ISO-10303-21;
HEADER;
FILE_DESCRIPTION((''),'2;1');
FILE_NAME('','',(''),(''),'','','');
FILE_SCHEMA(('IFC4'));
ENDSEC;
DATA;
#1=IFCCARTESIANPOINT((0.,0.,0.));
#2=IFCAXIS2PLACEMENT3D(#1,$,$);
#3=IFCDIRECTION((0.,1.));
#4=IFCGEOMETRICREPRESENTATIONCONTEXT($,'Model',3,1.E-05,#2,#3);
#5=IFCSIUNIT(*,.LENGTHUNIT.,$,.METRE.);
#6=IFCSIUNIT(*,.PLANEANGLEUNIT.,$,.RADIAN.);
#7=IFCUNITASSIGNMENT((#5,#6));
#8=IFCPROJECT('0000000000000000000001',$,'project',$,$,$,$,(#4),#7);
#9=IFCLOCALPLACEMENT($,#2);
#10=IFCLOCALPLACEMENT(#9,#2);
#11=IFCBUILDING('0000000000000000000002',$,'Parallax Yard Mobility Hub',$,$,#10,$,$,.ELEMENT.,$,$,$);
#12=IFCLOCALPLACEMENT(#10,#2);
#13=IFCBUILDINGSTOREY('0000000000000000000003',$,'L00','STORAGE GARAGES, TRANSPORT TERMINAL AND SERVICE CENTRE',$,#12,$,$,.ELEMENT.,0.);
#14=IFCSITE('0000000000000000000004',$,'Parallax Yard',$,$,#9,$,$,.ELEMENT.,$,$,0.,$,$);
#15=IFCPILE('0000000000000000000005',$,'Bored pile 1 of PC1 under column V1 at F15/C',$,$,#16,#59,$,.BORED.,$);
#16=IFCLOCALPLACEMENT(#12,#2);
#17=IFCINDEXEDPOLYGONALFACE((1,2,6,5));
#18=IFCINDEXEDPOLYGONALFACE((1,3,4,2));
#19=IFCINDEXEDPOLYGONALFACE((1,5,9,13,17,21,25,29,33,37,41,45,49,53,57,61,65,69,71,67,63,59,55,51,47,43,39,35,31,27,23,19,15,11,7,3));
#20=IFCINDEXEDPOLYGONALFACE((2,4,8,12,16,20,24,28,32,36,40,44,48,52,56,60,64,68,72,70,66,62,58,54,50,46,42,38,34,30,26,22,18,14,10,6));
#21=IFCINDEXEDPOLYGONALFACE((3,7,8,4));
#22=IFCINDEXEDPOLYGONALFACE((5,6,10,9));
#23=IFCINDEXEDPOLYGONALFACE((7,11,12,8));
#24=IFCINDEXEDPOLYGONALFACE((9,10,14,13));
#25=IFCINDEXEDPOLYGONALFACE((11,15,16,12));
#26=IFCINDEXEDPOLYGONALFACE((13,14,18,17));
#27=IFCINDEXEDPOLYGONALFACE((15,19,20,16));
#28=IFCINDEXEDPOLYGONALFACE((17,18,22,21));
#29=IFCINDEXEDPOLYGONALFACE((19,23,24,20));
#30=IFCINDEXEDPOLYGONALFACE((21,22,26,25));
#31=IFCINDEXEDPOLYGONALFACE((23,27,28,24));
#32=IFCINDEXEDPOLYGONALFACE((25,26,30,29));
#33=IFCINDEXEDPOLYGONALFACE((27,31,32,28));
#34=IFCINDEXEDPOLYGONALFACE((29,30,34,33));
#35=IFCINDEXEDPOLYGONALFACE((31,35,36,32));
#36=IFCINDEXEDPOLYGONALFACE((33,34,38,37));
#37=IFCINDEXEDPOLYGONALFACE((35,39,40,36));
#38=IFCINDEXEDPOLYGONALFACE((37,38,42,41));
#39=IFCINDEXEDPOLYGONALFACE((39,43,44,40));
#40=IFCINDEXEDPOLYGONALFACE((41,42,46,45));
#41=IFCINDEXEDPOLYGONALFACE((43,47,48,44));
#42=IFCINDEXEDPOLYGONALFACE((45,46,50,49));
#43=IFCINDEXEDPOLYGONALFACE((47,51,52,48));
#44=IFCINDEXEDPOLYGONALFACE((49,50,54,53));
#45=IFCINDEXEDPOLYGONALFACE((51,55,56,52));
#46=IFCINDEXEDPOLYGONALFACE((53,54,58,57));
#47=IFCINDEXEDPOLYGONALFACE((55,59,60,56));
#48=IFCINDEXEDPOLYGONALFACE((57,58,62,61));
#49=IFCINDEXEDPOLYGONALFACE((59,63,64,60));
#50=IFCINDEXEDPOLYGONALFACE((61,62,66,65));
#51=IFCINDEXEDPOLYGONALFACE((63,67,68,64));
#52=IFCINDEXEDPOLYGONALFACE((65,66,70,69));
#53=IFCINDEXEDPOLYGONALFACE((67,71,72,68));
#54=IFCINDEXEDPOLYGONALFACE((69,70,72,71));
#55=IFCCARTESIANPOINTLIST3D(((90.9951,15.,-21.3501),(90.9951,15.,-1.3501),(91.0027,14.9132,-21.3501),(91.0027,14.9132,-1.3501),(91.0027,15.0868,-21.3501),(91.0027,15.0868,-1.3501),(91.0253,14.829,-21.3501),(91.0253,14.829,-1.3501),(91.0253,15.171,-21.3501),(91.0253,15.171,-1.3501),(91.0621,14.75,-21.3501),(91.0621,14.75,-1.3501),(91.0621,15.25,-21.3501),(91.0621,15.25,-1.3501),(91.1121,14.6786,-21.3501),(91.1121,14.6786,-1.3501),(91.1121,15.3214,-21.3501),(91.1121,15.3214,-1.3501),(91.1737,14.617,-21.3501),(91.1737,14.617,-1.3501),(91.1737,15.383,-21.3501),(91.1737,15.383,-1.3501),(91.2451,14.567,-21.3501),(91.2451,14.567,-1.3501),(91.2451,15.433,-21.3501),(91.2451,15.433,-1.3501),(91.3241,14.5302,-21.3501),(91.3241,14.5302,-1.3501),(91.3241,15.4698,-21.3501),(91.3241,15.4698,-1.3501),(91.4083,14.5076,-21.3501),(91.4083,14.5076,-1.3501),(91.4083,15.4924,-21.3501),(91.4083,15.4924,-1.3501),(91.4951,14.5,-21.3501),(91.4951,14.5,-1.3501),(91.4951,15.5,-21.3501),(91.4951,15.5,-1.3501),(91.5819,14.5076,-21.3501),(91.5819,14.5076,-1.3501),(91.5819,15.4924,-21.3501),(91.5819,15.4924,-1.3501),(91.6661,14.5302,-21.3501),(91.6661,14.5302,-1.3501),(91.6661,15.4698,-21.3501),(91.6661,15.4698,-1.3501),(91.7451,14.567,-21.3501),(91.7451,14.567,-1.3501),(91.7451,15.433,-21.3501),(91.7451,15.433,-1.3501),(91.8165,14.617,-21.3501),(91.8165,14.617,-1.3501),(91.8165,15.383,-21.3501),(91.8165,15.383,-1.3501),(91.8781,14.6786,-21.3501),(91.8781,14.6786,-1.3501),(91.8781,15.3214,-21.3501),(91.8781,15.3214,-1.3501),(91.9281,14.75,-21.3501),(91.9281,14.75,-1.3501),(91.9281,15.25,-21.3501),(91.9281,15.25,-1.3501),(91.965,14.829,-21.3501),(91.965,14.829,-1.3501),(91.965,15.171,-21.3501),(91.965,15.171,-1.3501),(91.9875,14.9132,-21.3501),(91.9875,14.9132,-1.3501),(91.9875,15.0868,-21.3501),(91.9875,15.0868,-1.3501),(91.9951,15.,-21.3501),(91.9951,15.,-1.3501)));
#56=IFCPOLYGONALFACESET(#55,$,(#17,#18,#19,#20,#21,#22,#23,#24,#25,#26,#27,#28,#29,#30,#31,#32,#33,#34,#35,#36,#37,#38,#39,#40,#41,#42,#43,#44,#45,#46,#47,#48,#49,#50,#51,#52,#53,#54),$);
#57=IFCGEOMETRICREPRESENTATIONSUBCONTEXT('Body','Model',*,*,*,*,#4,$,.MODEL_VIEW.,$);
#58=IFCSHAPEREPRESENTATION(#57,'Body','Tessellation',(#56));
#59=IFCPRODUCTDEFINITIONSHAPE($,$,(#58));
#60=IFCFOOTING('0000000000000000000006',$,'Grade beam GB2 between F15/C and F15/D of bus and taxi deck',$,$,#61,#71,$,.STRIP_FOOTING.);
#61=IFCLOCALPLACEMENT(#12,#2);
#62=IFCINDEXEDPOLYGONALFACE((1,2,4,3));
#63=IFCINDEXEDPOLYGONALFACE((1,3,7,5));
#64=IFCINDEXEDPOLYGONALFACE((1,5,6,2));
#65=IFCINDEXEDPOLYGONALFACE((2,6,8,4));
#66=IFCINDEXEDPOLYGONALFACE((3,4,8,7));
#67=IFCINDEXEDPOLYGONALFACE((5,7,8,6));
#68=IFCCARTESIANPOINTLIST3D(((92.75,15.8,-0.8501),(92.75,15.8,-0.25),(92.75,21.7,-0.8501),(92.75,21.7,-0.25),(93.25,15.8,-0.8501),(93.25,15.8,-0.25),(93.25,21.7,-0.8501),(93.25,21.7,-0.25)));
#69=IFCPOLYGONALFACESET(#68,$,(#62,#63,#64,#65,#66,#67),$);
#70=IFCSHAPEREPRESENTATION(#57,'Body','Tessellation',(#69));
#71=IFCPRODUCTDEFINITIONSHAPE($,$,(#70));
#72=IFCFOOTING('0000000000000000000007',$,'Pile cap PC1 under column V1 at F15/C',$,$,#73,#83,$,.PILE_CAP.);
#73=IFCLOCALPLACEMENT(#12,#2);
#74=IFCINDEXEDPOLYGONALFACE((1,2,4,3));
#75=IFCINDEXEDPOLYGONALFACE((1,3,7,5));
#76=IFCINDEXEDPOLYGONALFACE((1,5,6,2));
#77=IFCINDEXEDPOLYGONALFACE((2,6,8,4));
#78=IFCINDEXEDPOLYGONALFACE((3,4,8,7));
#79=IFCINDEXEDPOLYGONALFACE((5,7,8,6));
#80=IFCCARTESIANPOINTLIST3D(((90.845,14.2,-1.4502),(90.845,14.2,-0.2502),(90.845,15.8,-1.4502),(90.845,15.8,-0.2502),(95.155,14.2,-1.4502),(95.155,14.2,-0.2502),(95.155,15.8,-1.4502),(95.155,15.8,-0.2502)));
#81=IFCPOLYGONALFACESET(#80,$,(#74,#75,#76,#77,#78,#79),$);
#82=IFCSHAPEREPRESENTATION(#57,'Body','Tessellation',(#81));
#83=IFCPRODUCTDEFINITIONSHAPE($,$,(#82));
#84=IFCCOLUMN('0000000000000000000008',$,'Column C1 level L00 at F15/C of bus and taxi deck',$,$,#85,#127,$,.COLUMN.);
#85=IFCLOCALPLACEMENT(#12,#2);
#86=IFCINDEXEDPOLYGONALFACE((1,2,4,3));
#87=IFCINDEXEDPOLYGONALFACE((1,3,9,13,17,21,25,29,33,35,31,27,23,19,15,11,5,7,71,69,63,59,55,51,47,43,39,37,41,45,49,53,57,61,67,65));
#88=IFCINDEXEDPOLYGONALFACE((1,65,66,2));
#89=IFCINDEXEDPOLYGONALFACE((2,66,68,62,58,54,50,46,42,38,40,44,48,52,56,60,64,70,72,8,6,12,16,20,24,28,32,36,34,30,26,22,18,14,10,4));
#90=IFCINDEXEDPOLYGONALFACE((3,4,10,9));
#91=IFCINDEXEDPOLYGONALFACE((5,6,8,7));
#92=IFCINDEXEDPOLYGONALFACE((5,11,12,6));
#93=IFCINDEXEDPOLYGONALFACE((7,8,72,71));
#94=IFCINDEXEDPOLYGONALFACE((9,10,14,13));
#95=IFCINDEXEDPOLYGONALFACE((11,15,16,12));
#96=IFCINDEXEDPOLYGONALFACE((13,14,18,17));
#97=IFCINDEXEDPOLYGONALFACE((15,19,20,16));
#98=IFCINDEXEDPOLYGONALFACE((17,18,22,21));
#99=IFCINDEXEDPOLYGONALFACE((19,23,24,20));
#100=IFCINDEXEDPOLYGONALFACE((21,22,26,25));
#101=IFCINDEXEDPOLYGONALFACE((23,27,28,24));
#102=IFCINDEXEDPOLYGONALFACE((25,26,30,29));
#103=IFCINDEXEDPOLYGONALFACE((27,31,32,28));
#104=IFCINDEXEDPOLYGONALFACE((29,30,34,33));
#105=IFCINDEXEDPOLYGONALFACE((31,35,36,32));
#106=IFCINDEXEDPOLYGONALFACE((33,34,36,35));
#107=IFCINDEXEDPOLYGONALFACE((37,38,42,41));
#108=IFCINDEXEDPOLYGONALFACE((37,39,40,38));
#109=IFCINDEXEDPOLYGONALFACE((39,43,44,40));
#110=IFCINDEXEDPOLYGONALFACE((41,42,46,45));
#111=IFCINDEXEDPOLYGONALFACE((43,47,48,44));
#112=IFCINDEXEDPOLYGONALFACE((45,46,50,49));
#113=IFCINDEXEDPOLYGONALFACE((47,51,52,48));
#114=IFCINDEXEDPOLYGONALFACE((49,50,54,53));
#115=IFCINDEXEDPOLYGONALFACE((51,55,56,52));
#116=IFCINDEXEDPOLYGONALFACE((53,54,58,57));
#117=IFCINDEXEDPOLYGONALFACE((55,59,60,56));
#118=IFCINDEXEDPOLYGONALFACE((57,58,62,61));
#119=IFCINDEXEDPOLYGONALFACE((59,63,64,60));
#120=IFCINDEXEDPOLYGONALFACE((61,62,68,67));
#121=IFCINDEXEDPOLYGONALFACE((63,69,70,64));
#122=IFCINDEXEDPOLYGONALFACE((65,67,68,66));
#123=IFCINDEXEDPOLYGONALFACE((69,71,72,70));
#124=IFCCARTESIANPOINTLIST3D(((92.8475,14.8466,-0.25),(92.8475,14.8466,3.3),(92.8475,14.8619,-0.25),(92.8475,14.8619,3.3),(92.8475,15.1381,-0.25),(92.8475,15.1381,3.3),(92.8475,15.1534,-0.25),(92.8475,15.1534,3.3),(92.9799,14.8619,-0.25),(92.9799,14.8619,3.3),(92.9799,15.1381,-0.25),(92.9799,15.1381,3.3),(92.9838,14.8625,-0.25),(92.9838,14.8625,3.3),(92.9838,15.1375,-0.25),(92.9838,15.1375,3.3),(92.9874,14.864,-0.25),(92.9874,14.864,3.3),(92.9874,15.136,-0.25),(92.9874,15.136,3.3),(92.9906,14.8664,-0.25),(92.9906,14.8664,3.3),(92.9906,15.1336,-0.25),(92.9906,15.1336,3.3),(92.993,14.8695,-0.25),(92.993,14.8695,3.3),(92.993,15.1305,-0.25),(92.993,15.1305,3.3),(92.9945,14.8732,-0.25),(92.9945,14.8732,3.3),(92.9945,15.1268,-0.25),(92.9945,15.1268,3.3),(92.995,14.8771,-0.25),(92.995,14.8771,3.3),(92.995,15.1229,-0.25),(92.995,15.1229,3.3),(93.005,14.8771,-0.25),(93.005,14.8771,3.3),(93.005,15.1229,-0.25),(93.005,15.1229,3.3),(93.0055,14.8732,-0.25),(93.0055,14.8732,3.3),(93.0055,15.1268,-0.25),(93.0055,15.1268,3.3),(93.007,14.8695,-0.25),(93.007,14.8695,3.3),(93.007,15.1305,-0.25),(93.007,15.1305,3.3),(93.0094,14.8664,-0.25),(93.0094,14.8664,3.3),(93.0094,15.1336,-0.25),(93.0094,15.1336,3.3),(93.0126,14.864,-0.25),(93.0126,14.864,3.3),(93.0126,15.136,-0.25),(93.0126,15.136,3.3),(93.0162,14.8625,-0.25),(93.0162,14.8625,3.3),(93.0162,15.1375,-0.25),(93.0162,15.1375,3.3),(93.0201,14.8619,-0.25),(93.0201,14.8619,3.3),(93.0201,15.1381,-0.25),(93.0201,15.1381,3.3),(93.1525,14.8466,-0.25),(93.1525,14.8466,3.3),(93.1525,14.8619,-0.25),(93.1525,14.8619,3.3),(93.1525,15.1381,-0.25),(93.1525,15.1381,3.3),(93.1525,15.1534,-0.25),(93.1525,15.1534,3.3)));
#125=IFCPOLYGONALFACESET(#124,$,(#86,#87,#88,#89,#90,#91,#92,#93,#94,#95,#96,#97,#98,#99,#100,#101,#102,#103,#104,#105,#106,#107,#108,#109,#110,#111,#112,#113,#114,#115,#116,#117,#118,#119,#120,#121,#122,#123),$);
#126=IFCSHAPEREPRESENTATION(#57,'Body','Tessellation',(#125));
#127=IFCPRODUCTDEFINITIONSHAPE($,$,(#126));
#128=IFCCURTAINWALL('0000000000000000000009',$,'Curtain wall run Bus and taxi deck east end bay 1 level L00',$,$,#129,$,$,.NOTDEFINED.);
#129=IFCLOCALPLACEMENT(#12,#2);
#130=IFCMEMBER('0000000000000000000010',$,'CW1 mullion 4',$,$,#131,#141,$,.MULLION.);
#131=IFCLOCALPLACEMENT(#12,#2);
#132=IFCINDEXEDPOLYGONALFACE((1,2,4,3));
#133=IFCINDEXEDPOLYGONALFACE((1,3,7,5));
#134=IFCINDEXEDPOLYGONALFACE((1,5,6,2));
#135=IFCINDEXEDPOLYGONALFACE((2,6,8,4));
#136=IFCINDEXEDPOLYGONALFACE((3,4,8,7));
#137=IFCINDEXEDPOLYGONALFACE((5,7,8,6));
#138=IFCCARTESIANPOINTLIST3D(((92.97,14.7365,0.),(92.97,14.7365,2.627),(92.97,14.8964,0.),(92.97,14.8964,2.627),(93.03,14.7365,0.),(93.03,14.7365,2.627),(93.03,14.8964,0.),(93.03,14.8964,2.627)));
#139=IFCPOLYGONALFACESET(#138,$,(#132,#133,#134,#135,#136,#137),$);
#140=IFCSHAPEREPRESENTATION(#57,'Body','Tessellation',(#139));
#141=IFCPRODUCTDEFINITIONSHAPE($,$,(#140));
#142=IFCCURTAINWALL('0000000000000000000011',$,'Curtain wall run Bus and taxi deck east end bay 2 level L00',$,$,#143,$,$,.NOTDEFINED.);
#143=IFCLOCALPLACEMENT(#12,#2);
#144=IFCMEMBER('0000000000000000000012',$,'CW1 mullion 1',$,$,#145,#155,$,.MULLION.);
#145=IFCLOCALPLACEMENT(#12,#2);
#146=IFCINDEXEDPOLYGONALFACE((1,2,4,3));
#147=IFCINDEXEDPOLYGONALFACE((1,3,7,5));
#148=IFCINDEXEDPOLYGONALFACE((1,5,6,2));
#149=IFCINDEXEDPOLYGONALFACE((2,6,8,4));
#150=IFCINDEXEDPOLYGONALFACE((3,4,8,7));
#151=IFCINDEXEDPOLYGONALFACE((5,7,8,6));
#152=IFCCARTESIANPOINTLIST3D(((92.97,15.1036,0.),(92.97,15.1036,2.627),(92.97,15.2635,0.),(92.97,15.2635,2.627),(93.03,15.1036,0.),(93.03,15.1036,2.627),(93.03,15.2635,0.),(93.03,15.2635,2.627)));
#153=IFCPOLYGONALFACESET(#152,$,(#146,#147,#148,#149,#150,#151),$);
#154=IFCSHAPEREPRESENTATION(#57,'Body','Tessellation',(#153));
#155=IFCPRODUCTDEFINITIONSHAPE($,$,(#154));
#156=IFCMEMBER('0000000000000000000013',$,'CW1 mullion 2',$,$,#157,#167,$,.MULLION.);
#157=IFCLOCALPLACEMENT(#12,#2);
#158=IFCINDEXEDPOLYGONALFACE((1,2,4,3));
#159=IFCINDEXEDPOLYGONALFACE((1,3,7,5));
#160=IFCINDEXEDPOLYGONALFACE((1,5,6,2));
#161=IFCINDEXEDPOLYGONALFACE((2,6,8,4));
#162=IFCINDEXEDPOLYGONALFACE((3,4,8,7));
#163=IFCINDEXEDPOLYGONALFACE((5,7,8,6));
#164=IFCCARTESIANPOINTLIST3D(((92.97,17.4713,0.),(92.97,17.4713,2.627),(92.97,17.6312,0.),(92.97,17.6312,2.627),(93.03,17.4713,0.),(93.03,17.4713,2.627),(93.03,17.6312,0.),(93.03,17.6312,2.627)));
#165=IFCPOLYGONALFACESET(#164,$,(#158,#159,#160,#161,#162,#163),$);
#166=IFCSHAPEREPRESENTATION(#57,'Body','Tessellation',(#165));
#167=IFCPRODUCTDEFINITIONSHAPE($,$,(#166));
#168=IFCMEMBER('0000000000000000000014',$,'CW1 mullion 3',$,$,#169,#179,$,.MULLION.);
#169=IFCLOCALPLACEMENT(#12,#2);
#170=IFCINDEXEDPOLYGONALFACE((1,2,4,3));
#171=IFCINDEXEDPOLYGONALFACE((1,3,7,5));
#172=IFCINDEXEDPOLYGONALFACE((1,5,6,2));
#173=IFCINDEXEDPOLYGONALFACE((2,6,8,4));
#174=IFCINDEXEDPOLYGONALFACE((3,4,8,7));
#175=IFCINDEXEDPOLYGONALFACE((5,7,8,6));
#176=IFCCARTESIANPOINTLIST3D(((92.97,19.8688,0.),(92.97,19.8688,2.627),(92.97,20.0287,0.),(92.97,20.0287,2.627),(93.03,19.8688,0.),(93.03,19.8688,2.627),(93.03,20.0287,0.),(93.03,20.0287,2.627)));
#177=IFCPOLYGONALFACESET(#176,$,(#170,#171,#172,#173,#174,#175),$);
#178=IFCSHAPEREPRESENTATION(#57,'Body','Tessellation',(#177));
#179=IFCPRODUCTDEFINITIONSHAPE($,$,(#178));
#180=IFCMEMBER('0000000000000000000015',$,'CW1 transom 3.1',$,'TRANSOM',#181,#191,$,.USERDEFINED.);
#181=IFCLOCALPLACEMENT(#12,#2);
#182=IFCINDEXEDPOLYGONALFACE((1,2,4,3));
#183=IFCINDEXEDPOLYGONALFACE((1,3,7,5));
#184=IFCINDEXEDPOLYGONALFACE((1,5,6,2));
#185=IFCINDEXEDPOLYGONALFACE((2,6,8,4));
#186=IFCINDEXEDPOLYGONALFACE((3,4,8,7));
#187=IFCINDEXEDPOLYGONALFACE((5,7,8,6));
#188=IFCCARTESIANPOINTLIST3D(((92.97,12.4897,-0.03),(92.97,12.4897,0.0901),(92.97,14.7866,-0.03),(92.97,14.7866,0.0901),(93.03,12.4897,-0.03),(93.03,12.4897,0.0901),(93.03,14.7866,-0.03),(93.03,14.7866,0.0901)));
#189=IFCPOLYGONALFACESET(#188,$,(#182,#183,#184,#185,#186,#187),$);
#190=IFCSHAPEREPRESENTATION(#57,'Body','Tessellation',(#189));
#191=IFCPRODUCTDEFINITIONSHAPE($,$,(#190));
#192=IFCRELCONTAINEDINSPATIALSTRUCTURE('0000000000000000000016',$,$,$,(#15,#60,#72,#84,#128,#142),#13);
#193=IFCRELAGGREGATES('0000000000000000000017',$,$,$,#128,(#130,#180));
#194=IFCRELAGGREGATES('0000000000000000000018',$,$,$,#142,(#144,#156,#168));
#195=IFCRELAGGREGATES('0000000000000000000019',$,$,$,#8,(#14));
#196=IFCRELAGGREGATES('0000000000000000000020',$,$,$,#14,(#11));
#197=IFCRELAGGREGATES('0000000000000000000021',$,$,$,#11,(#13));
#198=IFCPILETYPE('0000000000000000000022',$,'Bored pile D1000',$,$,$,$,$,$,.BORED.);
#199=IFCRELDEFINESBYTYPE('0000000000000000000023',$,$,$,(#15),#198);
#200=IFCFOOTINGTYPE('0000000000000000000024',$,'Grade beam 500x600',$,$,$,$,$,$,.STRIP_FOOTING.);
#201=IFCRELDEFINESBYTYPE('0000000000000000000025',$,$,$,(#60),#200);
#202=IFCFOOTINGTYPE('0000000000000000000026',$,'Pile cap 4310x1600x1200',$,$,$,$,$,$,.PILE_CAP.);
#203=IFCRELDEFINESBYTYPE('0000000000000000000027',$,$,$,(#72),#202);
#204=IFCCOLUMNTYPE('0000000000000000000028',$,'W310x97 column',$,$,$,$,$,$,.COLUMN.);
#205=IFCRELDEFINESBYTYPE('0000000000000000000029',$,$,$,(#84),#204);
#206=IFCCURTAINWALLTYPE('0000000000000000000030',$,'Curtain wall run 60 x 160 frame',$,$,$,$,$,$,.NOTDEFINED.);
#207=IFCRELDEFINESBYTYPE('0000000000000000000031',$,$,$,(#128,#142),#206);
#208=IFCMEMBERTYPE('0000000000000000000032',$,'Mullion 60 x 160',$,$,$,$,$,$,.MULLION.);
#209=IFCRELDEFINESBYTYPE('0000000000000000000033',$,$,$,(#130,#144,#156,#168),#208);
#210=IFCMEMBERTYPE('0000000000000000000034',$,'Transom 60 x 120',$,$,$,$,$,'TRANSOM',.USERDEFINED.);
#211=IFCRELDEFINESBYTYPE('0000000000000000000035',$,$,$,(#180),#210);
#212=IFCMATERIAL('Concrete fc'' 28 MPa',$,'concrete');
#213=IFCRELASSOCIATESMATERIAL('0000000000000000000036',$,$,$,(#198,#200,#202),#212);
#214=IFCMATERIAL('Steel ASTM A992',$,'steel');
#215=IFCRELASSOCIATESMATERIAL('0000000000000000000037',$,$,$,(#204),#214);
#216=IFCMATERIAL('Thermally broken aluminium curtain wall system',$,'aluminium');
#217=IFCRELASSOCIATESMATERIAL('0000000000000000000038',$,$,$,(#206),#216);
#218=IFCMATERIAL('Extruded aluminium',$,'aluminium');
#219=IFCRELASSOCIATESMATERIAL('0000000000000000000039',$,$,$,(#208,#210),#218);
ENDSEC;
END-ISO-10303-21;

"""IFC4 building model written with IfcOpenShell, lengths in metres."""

from ifc_helpers import new_model, si_unit, direction, frame, origin, origin_2d, place, context, subcontext, project, spatial, rectangle, circle, i_section, extrude, material, material_profile, profile_set, type_object, element, aggregate, save


model = new_model("IFC4")

# Units and contexts
model_context = context("Model", 3, precision=1e-05, world=origin(), true_north=direction((0.0, 1.0)))
body_context = subcontext(model_context, "Body", "Model", "MODEL_VIEW")
ifc_project = project(units=[si_unit("LENGTHUNIT", "METRE"), si_unit("PLANEANGLEUNIT", "RADIAN")], contexts=[model_context])

# Site, building, storey
site_placement = place(None, origin())
site = spatial("IfcSite", under=ifc_project, at=site_placement, Name="Parallax Yard", CompositionType="ELEMENT", RefElevation=0.0)
building_placement = place(site_placement, origin())
building = spatial("IfcBuilding", under=site, at=building_placement, Name="Parallax Yard Mobility Hub", CompositionType="ELEMENT")
storey_placement = place(building_placement, origin())
storey = spatial("IfcBuildingStorey", under=building, at=storey_placement, Name="L00", Description="STORAGE GARAGES, TRANSPORT TERMINAL AND SERVICE CENTRE", CompositionType="ELEMENT", Elevation=0.0)

# Pile
ifc_material_1 = material(Name="Concrete fc' 28 MPa", Category="concrete")
ifc_material_profile_1 = material_profile(ifc_material_1, circle(Radius=0.5, at=origin_2d()), Name="Bored pile D1000")
ifc_profile_set_1 = profile_set([ifc_material_profile_1], Name="Concrete fc' 28 MPa")
pile_type = type_object("IfcPileType", Name="Bored pile D1000", PredefinedType="BORED", material=ifc_profile_set_1)
pile_placement = place(storey_placement, frame((91.4951, 15.0, -1.3501), z_axis=(0.0, 0.0, -1.0), x_axis=(1.0, 0.0, 0.0)))
element("IfcPile", 1, at=pile_placement, inside=storey, type_object=pile_type, Name="Bored pile 1 of PC1 under column V1 at F15/C", PredefinedType="BORED", context=body_context, shape_type="SweptSolid", body=[
    extrude(circle(Radius=0.5, at=origin_2d()), origin(), (0.0, 0.0, 1.0), 20.0),
])

# Footings
ifc_material_profile_2 = material_profile(ifc_material_1, rectangle(XDim=0.5, YDim=0.6001, at=origin_2d()), Name="Grade beam 500x600")
ifc_profile_set_2 = profile_set([ifc_material_profile_2], Name="Concrete fc' 28 MPa")
footing_type_1 = type_object("IfcFootingType", Name="Grade beam 500x600", PredefinedType="STRIP_FOOTING", material=ifc_profile_set_2)
footing_1_placement = place(storey_placement, frame((93.0, 15.8, -0.55), z_axis=(0.0, 1.0, 0.0), x_axis=(-1.0, 0.0, 0.0)))
element("IfcFooting", 2, at=footing_1_placement, inside=storey, type_object=footing_type_1, Name="Grade beam GB2 between F15/C and F15/D of bus and taxi deck", PredefinedType="STRIP_FOOTING", context=body_context, shape_type="SweptSolid", body=[
    extrude(rectangle(XDim=0.5, YDim=0.6001, at=origin_2d()), origin(), (0.0, 0.0, 1.0), 5.8999),
])
footing_type_2 = type_object("IfcFootingType", Name="Pile cap 4310x1600x1200", PredefinedType="PILE_CAP", material=ifc_material_1)
footing_2_placement = place(storey_placement, frame((93.0, 15.0, -1.4502), z_axis=(0.0, 0.0, 1.0), x_axis=(1.0, 0.0, 0.0)))
element("IfcFooting", 3, at=footing_2_placement, inside=storey, type_object=footing_type_2, Name="Pile cap PC1 under column V1 at F15/C", PredefinedType="PILE_CAP", context=body_context, shape_type="SweptSolid", body=[
    extrude(rectangle(XDim=4.3101, YDim=1.6001, at=origin_2d()), origin(), (0.0, 0.0, 1.0), 1.2),
])

# Column
ifc_material_2 = material(Name="Steel ASTM A992", Category="steel")
ifc_material_profile_3 = material_profile(ifc_material_2, i_section(OverallWidth=0.3049, OverallDepth=0.3069, WebThickness=0.01, FlangeThickness=0.0154, FilletRadius=0.0151, at=origin_2d()), Name="W310x97")
ifc_profile_set_3 = profile_set([ifc_material_profile_3], Name="Steel ASTM A992")
column_type = type_object("IfcColumnType", Name="W310x97 column", PredefinedType="COLUMN", material=ifc_profile_set_3)
column_placement = place(storey_placement, frame((93.0, 15.0, -0.25), z_axis=(0.0, 0.0, 1.0), x_axis=(1.0, 0.0, 0.0)))
element("IfcColumn", 4, at=column_placement, inside=storey, type_object=column_type, Name="Column C1 level L00 at F15/C of bus and taxi deck", PredefinedType="COLUMN", context=body_context, shape_type="SweptSolid", body=[
    extrude(i_section(OverallWidth=0.3049, OverallDepth=0.3069, WebThickness=0.01, FlangeThickness=0.0154, FilletRadius=0.0151, at=origin_2d()), origin(), (0.0, 0.0, 1.0), 3.55),
])

# Curtain wall, member
ifc_material_3 = material(Name="Thermally broken aluminium curtain wall system", Category="aluminium")
curtain_wall_type = type_object("IfcCurtainWallType", Name="Curtain wall run 60 x 160 frame", PredefinedType="NOTDEFINED", material=ifc_material_3)
curtain_wall_1_placement = place(storey_placement, origin())
curtain_wall_1 = element("IfcCurtainWall", 5, at=curtain_wall_1_placement, inside=storey, type_object=curtain_wall_type, Name="Curtain wall run Bus and taxi deck east end bay 1 level L00", PredefinedType="NOTDEFINED")
ifc_material_4 = material(Name="Extruded aluminium", Category="aluminium")
ifc_material_profile_4 = material_profile(ifc_material_4, rectangle(XDim=0.0601, YDim=0.1599, at=origin_2d()), Name="Mullion 60 x 160")
ifc_profile_set_4 = profile_set([ifc_material_profile_4], Name="Extruded aluminium")
member_type_1 = type_object("IfcMemberType", Name="Mullion 60 x 160", PredefinedType="MULLION", material=ifc_profile_set_4)
member_1_placement = place(storey_placement, frame((93.0, 14.8164, 0.0), z_axis=(0.0, 0.0, 1.0), x_axis=(-1.0, 0.0, 0.0)))
member_1 = element("IfcMember", 6, at=member_1_placement, type_object=member_type_1, Name="CW1 mullion 4", PredefinedType="MULLION", context=body_context, shape_type="SweptSolid", body=[
    extrude(rectangle(XDim=0.0601, YDim=0.1599, at=origin_2d()), origin(), (0.0, 0.0, 1.0), 2.627),
])

# Curtain wall, members
curtain_wall_2_placement = place(storey_placement, origin())
curtain_wall_2 = element("IfcCurtainWall", 7, at=curtain_wall_2_placement, inside=storey, type_object=curtain_wall_type, Name="Curtain wall run Bus and taxi deck east end bay 2 level L00", PredefinedType="NOTDEFINED")
member_2_placement = place(storey_placement, frame((93.0, 15.1836, 0.0), z_axis=(0.0, 0.0, 1.0), x_axis=(-1.0, 0.0, 0.0)))
member_2 = element("IfcMember", 8, at=member_2_placement, type_object=member_type_1, Name="CW1 mullion 1", PredefinedType="MULLION", context=body_context, shape_type="SweptSolid", body=[
    extrude(rectangle(XDim=0.0601, YDim=0.1599, at=origin_2d()), origin(), (0.0, 0.0, 1.0), 2.627),
])
member_3_placement = place(storey_placement, frame((93.0, 17.5513, 0.0), z_axis=(0.0, 0.0, 1.0), x_axis=(-1.0, 0.0, 0.0)))
member_3 = element("IfcMember", 9, at=member_3_placement, type_object=member_type_1, Name="CW1 mullion 2", PredefinedType="MULLION", context=body_context, shape_type="SweptSolid", body=[
    extrude(rectangle(XDim=0.0601, YDim=0.1599, at=origin_2d()), origin(), (0.0, 0.0, 1.0), 2.627),
])
member_4_placement = place(storey_placement, frame((93.0, 19.9487, 0.0), z_axis=(0.0, 0.0, 1.0), x_axis=(-1.0, 0.0, 0.0)))
member_4 = element("IfcMember", 10, at=member_4_placement, type_object=member_type_1, Name="CW1 mullion 3", PredefinedType="MULLION", context=body_context, shape_type="SweptSolid", body=[
    extrude(rectangle(XDim=0.0601, YDim=0.1599, at=origin_2d()), origin(), (0.0, 0.0, 1.0), 2.627),
])

# Member
ifc_material_profile_5 = material_profile(ifc_material_4, rectangle(XDim=0.0601, YDim=0.1201, at=origin_2d()), Name="Transom 60 x 120")
ifc_profile_set_5 = profile_set([ifc_material_profile_5], Name="Extruded aluminium")
member_type_2 = type_object("IfcMemberType", Name="Transom 60 x 120", ElementType="TRANSOM", PredefinedType="USERDEFINED", material=ifc_profile_set_5)
member_5_placement = place(storey_placement, frame((93.0, 12.4897, 0.03), z_axis=(0.0, 1.0, 0.0), x_axis=(-1.0, 0.0, 0.0)))
member_5 = element("IfcMember", 11, at=member_5_placement, type_object=member_type_2, Name="CW1 transom 3.1", ObjectType="TRANSOM", PredefinedType="USERDEFINED", context=body_context, shape_type="SweptSolid", body=[
    extrude(rectangle(XDim=0.0601, YDim=0.1201, at=origin_2d()), origin(), (0.0, 0.0, 1.0), 2.2969),
])

aggregate(curtain_wall_1, [member_1, member_5])
aggregate(curtain_wall_2, [member_2, member_3, member_4])

save(model, "model.ifc")
